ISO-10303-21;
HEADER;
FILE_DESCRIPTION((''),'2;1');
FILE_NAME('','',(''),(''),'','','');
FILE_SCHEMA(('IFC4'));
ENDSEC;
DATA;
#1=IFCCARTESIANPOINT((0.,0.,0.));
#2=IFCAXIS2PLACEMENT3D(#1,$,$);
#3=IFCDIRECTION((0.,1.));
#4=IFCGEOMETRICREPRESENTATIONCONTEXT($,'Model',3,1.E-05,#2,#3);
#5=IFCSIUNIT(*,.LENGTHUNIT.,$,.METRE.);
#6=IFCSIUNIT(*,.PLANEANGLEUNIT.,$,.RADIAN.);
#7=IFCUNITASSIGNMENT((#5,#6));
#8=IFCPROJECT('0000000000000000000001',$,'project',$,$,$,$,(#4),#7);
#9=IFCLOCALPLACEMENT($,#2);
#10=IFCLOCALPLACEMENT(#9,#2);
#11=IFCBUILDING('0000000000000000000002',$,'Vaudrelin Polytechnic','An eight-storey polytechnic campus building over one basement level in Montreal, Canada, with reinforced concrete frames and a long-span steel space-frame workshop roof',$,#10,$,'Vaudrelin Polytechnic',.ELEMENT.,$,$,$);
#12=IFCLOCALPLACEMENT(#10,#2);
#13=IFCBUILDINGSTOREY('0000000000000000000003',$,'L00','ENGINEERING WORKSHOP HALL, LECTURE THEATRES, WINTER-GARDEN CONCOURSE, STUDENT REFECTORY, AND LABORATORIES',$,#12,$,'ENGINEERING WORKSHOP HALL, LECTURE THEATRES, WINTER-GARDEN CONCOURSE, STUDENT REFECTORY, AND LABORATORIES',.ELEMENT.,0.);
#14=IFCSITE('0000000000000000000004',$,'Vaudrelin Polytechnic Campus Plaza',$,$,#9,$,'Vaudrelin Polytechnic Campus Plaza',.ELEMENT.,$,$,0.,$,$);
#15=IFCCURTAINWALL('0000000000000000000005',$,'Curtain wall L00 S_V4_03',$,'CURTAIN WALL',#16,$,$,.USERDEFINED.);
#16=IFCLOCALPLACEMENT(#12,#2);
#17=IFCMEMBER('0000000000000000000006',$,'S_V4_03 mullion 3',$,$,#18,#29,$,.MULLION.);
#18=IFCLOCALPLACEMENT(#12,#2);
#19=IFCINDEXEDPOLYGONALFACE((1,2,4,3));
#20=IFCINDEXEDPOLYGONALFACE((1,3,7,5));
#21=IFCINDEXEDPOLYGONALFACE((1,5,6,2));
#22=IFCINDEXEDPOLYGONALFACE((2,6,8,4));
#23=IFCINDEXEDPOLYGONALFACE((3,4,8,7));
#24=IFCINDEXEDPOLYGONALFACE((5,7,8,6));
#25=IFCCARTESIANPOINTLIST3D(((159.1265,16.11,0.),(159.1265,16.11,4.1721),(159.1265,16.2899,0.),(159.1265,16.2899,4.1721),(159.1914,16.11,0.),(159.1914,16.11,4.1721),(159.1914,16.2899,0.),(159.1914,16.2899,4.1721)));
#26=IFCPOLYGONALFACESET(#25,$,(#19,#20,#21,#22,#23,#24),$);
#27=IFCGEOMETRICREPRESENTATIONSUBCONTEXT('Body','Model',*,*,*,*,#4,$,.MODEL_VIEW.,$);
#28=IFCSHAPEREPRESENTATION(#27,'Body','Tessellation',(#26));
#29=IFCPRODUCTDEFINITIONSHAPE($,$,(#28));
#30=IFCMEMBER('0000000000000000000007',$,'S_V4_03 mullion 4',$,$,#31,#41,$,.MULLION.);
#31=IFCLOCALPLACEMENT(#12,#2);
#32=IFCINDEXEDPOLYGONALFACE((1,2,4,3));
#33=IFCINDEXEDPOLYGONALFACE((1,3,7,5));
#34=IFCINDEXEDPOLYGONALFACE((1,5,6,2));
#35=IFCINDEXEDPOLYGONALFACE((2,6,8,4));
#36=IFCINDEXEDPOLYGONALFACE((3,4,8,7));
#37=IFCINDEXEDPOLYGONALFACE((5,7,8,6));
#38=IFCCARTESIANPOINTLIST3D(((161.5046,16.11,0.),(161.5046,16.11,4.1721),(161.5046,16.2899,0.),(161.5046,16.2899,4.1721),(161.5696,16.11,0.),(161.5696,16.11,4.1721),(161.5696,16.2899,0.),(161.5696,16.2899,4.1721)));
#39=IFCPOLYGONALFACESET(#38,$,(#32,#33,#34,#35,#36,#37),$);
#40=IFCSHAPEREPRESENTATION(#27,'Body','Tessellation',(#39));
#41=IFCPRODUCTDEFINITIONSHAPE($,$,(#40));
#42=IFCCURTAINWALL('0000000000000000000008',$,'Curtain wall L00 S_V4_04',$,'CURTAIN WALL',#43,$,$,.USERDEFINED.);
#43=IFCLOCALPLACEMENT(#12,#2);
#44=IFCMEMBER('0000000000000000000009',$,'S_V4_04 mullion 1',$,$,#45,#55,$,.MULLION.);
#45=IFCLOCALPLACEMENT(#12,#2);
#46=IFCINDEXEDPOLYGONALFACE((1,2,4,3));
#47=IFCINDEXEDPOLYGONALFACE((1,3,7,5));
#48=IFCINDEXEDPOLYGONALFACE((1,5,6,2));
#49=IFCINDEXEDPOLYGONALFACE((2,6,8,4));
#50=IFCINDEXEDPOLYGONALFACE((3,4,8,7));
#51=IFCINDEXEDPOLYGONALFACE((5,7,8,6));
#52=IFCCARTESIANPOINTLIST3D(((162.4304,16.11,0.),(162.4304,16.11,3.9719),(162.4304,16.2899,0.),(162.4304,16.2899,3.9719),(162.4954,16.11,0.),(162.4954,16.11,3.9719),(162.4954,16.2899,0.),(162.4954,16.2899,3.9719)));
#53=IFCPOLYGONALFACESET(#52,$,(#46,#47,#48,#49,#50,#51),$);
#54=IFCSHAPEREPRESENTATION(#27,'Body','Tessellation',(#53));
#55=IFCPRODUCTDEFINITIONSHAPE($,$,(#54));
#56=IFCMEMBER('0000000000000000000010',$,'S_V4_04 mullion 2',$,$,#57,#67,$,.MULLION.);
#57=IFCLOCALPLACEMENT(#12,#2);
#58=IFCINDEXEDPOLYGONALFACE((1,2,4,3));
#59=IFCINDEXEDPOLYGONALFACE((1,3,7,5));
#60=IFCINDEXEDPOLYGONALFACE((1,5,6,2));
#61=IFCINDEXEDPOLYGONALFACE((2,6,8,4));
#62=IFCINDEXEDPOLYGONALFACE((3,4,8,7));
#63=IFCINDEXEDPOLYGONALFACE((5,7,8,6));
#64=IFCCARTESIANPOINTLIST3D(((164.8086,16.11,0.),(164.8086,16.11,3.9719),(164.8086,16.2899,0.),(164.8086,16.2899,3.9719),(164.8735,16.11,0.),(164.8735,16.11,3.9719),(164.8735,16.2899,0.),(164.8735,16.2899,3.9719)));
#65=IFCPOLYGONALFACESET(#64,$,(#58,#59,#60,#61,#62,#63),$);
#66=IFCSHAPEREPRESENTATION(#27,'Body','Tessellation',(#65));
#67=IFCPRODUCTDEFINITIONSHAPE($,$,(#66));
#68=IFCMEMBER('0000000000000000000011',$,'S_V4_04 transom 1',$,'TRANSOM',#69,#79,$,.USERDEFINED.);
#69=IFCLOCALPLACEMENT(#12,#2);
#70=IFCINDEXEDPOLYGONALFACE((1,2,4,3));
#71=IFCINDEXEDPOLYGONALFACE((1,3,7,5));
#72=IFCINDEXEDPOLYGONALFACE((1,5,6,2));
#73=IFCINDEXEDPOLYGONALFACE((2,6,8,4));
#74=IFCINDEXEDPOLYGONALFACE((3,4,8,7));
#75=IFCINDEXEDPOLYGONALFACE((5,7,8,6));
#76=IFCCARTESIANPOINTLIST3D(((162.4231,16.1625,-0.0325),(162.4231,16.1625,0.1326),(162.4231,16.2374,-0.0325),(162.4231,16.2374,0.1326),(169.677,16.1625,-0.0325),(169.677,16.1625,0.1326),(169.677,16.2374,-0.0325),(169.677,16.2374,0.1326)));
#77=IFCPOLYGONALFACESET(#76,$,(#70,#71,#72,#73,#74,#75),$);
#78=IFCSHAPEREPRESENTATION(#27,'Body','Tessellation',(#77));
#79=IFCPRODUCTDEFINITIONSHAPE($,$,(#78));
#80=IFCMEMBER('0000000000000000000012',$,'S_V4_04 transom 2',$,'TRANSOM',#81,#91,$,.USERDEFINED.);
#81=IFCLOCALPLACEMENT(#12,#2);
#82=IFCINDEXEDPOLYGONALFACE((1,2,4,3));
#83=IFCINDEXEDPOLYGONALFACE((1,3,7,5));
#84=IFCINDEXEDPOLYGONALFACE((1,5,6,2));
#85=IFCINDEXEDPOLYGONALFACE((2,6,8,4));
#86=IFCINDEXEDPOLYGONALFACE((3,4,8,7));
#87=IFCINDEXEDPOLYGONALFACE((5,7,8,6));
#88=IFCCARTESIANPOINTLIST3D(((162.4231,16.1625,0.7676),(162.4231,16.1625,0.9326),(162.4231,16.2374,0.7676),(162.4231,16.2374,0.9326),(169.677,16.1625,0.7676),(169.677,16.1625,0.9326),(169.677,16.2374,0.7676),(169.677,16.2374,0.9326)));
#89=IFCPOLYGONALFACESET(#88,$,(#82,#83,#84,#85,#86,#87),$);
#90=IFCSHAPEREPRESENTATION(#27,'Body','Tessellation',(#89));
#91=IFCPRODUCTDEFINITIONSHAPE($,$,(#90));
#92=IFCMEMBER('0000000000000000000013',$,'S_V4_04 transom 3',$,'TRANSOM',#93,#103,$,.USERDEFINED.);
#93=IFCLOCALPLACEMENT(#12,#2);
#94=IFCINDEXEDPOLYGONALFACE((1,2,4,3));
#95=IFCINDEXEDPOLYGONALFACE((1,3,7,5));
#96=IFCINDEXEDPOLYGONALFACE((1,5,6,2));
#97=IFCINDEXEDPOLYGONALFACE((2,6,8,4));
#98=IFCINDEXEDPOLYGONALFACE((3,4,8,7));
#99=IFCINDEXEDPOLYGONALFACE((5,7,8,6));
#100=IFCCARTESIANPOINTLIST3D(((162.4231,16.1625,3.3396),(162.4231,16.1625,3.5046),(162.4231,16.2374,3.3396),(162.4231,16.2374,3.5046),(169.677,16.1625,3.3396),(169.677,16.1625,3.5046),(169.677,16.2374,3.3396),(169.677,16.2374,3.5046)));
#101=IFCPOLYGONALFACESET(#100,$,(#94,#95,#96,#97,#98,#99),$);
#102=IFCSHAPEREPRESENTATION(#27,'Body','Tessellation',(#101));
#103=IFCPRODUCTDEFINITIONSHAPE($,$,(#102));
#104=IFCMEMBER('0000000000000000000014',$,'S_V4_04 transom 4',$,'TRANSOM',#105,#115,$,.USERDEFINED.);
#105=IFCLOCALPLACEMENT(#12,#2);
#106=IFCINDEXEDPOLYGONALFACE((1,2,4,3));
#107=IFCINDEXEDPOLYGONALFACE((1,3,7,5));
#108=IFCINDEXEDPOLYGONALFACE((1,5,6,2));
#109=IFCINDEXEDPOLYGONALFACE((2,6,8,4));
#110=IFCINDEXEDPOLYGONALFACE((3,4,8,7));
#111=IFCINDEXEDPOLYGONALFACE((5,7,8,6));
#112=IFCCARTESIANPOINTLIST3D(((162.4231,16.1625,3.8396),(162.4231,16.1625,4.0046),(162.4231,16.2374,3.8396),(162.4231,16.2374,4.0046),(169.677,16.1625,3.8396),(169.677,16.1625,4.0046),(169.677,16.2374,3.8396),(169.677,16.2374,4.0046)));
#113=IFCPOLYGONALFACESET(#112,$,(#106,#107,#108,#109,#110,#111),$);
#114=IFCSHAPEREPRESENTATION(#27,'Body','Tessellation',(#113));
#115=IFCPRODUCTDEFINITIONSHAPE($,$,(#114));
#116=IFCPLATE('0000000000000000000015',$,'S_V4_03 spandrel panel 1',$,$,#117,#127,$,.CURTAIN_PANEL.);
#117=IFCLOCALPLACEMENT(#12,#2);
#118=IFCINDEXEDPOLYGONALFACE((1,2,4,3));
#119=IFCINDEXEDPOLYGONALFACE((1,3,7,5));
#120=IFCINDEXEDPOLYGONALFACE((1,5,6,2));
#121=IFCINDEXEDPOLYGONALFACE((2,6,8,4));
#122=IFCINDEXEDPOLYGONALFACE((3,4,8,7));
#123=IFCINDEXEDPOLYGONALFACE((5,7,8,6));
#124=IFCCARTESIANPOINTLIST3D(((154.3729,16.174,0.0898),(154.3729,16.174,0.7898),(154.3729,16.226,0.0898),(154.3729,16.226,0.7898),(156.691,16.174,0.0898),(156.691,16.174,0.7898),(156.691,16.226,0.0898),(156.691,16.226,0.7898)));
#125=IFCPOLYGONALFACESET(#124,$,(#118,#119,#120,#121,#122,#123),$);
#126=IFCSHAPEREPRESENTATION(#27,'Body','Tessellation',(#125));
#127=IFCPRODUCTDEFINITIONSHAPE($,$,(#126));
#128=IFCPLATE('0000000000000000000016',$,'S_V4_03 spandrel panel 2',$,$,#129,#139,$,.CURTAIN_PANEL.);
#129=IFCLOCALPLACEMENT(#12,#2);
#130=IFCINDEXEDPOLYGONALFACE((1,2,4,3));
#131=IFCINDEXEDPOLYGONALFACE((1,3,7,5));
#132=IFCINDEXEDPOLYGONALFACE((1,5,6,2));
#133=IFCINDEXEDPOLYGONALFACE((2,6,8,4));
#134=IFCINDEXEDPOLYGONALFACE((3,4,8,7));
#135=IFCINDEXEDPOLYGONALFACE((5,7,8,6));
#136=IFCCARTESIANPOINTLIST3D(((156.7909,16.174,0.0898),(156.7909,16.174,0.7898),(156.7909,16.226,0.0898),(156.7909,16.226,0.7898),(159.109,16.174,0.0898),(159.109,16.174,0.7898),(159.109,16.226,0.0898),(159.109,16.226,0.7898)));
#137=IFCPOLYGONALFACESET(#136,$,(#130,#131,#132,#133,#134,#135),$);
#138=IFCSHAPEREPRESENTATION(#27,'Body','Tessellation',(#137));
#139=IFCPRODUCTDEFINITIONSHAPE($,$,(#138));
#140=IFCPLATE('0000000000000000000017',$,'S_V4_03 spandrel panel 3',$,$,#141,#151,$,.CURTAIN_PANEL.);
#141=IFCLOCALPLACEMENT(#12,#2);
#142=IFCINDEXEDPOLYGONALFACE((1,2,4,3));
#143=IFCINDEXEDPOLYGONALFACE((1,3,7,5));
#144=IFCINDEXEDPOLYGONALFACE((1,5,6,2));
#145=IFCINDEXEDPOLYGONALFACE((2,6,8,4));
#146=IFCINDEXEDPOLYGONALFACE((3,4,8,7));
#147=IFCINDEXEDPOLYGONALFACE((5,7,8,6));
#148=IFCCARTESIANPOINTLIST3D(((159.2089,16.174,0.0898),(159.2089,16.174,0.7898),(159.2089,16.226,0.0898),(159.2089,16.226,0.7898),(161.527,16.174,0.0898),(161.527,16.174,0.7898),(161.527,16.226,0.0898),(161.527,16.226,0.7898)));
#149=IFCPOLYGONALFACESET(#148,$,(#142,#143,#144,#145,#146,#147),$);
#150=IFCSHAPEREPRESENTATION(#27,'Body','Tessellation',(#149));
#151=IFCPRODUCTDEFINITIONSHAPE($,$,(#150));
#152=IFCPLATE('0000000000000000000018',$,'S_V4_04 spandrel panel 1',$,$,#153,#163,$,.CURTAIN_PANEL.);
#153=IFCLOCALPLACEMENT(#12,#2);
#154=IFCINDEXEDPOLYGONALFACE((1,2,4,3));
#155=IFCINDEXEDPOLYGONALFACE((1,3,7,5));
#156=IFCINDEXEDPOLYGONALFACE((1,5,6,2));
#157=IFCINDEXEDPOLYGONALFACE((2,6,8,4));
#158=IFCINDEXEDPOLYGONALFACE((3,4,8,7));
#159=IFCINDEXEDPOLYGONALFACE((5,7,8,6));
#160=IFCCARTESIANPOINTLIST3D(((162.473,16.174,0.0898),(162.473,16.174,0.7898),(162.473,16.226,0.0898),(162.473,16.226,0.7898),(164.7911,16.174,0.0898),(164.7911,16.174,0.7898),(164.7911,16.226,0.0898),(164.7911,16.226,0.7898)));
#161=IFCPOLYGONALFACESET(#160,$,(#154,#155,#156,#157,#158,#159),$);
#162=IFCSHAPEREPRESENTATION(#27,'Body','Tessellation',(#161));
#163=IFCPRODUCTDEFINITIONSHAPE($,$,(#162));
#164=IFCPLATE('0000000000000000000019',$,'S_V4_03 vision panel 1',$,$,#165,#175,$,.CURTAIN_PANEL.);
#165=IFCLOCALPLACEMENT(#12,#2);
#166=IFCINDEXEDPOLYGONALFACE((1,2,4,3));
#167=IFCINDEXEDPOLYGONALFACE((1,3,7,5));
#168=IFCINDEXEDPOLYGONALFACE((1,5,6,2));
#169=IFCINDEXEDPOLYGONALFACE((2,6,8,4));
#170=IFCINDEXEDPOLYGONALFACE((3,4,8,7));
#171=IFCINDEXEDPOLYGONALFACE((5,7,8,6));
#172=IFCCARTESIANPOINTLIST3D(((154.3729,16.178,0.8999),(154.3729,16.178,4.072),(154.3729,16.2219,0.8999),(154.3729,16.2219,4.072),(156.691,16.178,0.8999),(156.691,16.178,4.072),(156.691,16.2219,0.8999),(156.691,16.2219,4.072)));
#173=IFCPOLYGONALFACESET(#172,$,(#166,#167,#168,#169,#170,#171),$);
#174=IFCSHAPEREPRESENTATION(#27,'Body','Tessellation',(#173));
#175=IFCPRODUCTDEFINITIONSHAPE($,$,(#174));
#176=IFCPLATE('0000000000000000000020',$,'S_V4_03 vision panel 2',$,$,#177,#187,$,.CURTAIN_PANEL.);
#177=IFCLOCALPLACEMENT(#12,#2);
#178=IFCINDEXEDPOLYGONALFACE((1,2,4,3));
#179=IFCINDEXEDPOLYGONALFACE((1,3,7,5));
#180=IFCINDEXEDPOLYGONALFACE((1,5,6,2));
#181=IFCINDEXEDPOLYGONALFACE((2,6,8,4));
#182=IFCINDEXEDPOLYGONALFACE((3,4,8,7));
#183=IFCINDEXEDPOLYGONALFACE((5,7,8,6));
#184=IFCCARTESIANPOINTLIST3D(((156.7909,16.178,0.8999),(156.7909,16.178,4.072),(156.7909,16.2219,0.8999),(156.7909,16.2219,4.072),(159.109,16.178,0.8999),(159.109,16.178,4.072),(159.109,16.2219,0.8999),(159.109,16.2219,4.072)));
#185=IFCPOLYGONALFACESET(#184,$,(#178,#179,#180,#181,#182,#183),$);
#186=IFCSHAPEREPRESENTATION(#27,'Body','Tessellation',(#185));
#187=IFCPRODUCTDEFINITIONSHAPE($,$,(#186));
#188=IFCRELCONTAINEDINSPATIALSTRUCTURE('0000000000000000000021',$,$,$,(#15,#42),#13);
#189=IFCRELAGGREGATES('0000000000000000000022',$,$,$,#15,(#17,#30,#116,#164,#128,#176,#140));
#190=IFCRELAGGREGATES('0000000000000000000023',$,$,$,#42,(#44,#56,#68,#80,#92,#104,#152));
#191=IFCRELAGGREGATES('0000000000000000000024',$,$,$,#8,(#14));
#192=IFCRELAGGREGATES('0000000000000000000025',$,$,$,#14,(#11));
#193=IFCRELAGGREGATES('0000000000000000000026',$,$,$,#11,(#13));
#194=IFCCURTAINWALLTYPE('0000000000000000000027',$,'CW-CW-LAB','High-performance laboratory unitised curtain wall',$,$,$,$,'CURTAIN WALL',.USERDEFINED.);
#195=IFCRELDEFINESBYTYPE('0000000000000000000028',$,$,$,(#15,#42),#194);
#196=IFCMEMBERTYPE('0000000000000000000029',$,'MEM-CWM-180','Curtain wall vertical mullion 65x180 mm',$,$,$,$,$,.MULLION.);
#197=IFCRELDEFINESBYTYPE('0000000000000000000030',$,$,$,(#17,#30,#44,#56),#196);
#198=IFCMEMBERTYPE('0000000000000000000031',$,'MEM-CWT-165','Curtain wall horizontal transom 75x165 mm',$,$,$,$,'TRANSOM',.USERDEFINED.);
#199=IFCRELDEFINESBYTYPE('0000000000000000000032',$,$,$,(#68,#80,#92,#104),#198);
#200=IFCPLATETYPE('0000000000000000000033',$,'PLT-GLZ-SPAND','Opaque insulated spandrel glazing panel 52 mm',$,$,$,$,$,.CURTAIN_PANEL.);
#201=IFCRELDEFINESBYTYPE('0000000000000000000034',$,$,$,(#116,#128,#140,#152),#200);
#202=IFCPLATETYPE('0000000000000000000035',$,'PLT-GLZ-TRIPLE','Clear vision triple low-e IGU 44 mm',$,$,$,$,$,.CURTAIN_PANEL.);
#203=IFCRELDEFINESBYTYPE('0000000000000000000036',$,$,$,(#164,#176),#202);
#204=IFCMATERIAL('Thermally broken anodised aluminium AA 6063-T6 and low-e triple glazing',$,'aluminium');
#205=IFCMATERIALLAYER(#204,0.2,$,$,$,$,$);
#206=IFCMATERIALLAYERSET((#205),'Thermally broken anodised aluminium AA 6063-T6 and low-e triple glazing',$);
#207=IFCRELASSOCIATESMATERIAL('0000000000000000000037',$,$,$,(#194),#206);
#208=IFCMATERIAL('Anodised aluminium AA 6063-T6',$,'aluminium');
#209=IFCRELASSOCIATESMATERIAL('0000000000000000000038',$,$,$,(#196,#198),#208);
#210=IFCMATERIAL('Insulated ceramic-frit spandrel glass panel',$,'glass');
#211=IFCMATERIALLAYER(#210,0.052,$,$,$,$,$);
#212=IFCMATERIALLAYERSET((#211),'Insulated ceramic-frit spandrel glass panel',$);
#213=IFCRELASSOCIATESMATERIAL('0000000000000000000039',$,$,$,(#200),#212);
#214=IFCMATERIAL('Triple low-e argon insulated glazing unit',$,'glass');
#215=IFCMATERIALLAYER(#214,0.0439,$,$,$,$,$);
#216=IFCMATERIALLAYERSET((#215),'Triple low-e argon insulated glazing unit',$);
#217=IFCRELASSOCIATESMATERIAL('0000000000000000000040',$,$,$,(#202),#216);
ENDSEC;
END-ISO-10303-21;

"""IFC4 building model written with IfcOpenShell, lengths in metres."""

from ifc_helpers import new_model, si_unit, direction, frame, origin, origin_2d, place, context, subcontext, project, spatial, rectangle, extrude, material, layer, layer_set, material_profile, profile_set, type_object, element, aggregate, save


model = new_model("IFC4")

# Units and contexts
model_context = context("Model", 3, precision=1e-05, world=origin(), true_north=direction((0.0, 1.0)))
body_context = subcontext(model_context, "Body", "Model", "MODEL_VIEW")
ifc_project = project(units=[si_unit("LENGTHUNIT", "METRE"), si_unit("PLANEANGLEUNIT", "RADIAN")], contexts=[model_context])

# Site, building, storey
site_placement = place(None, origin())
site = spatial("IfcSite", under=ifc_project, at=site_placement, Name="Vaudrelin Polytechnic Campus Plaza", LongName="Vaudrelin Polytechnic Campus Plaza", CompositionType="ELEMENT", RefElevation=0.0)
building_placement = place(site_placement, origin())
building = spatial("IfcBuilding", under=site, at=building_placement, Name="Vaudrelin Polytechnic", Description="An eight-storey polytechnic campus building over one basement level in Montreal, Canada, with reinforced concrete frames and a long-span steel space-frame workshop roof", LongName="Vaudrelin Polytechnic", CompositionType="ELEMENT")
storey_placement = place(building_placement, origin())
storey = spatial("IfcBuildingStorey", under=building, at=storey_placement, Name="L00", Description="ENGINEERING WORKSHOP HALL, LECTURE THEATRES, WINTER-GARDEN CONCOURSE, STUDENT REFECTORY, AND LABORATORIES", LongName="ENGINEERING WORKSHOP HALL, LECTURE THEATRES, WINTER-GARDEN CONCOURSE, STUDENT REFECTORY, AND LABORATORIES", CompositionType="ELEMENT", Elevation=0.0)

# Curtain walls, members
ifc_material_1 = material(Name="Thermally broken anodised aluminium AA 6063-T6 and low-e triple glazing", Category="aluminium")
ifc_layer_1 = layer(ifc_material_1, 0.2)
ifc_layer_set_1 = layer_set([ifc_layer_1], Name="Thermally broken anodised aluminium AA 6063-T6 and low-e triple glazing")
curtain_wall_type = type_object("IfcCurtainWallType", Name="CW-CW-LAB", Description="High-performance laboratory unitised curtain wall", ElementType="CURTAIN WALL", PredefinedType="USERDEFINED", material=ifc_layer_set_1)
curtain_wall_1_placement = place(storey_placement, origin())
curtain_wall_1 = element("IfcCurtainWall", 1, at=curtain_wall_1_placement, inside=storey, type_object=curtain_wall_type, Name="Curtain wall L00 S_V4_03", ObjectType="CURTAIN WALL", PredefinedType="USERDEFINED")
ifc_material_2 = material(Name="Anodised aluminium AA 6063-T6", Category="aluminium")
ifc_material_profile_1 = material_profile(ifc_material_2, rectangle(XDim=0.0649, YDim=0.1799, at=origin_2d()), Name="CWM-65x180")
ifc_profile_set_1 = profile_set([ifc_material_profile_1], Name="Anodised aluminium AA 6063-T6")
member_type_1 = type_object("IfcMemberType", Name="MEM-CWM-180", Description="Curtain wall vertical mullion 65x180 mm", PredefinedType="MULLION", material=ifc_profile_set_1)
member_1_placement = place(storey_placement, frame((159.1589, 16.2, 0.0), z_axis=(0.0, 0.0, 1.0), x_axis=(1.0, 0.0, 0.0)))
member_1 = element("IfcMember", 2, at=member_1_placement, type_object=member_type_1, Name="S_V4_03 mullion 3", PredefinedType="MULLION", context=body_context, shape_type="SweptSolid", body=[
    extrude(rectangle(XDim=0.0649, YDim=0.1799, at=origin_2d()), origin(), (0.0, 0.0, 1.0), 4.1721),
])
member_2_placement = place(storey_placement, frame((161.5371, 16.2, 0.0), z_axis=(0.0, 0.0, 1.0), x_axis=(1.0, 0.0, 0.0)))
member_2 = element("IfcMember", 3, at=member_2_placement, type_object=member_type_1, Name="S_V4_03 mullion 4", PredefinedType="MULLION", context=body_context, shape_type="SweptSolid", body=[
    extrude(rectangle(XDim=0.0649, YDim=0.1799, at=origin_2d()), origin(), (0.0, 0.0, 1.0), 4.1721),
])
curtain_wall_2_placement = place(storey_placement, origin())
curtain_wall_2 = element("IfcCurtainWall", 4, at=curtain_wall_2_placement, inside=storey, type_object=curtain_wall_type, Name="Curtain wall L00 S_V4_04", ObjectType="CURTAIN WALL", PredefinedType="USERDEFINED")
member_3_placement = place(storey_placement, frame((162.4629, 16.2, 0.0), z_axis=(0.0, 0.0, 1.0), x_axis=(1.0, 0.0, 0.0)))
member_3 = element("IfcMember", 5, at=member_3_placement, type_object=member_type_1, Name="S_V4_04 mullion 1", PredefinedType="MULLION", context=body_context, shape_type="SweptSolid", body=[
    extrude(rectangle(XDim=0.0649, YDim=0.1799, at=origin_2d()), origin(), (0.0, 0.0, 1.0), 3.9719),
])
member_4_placement = place(storey_placement, frame((164.8411, 16.2, 0.0), z_axis=(0.0, 0.0, 1.0), x_axis=(1.0, 0.0, 0.0)))
member_4 = element("IfcMember", 6, at=member_4_placement, type_object=member_type_1, Name="S_V4_04 mullion 2", PredefinedType="MULLION", context=body_context, shape_type="SweptSolid", body=[
    extrude(rectangle(XDim=0.0649, YDim=0.1799, at=origin_2d()), origin(), (0.0, 0.0, 1.0), 3.9719),
])
ifc_material_profile_2 = material_profile(ifc_material_2, rectangle(XDim=0.075, YDim=0.165, at=origin_2d()), Name="CWT-75x165")
ifc_profile_set_2 = profile_set([ifc_material_profile_2], Name="Anodised aluminium AA 6063-T6")
member_type_2 = type_object("IfcMemberType", Name="MEM-CWT-165", Description="Curtain wall horizontal transom 75x165 mm", ElementType="TRANSOM", PredefinedType="USERDEFINED", material=ifc_profile_set_2)
member_5_placement = place(storey_placement, frame((162.4231, 16.2, 0.05), z_axis=(1.0, 0.0, 0.0), x_axis=(0.0, 1.0, 0.0)))
member_5 = element("IfcMember", 7, at=member_5_placement, type_object=member_type_2, Name="S_V4_04 transom 1", ObjectType="TRANSOM", PredefinedType="USERDEFINED", context=body_context, shape_type="SweptSolid", body=[
    extrude(rectangle(XDim=0.075, YDim=0.165, at=origin_2d()), origin(), (0.0, 0.0, 1.0), 7.2539),
])
member_6_placement = place(storey_placement, frame((162.4231, 16.2, 0.8501), z_axis=(1.0, 0.0, 0.0), x_axis=(0.0, 1.0, 0.0)))
member_6 = element("IfcMember", 8, at=member_6_placement, type_object=member_type_2, Name="S_V4_04 transom 2", ObjectType="TRANSOM", PredefinedType="USERDEFINED", context=body_context, shape_type="SweptSolid", body=[
    extrude(rectangle(XDim=0.075, YDim=0.165, at=origin_2d()), origin(), (0.0, 0.0, 1.0), 7.2539),
])
member_7_placement = place(storey_placement, frame((162.4231, 16.2, 3.4221), z_axis=(1.0, 0.0, 0.0), x_axis=(0.0, 1.0, 0.0)))
member_7 = element("IfcMember", 9, at=member_7_placement, type_object=member_type_2, Name="S_V4_04 transom 3", ObjectType="TRANSOM", PredefinedType="USERDEFINED", context=body_context, shape_type="SweptSolid", body=[
    extrude(rectangle(XDim=0.075, YDim=0.165, at=origin_2d()), origin(), (0.0, 0.0, 1.0), 7.2539),
])
member_8_placement = place(storey_placement, frame((162.4231, 16.2, 3.9221), z_axis=(1.0, 0.0, 0.0), x_axis=(0.0, 1.0, 0.0)))
member_8 = element("IfcMember", 10, at=member_8_placement, type_object=member_type_2, Name="S_V4_04 transom 4", ObjectType="TRANSOM", PredefinedType="USERDEFINED", context=body_context, shape_type="SweptSolid", body=[
    extrude(rectangle(XDim=0.075, YDim=0.165, at=origin_2d()), origin(), (0.0, 0.0, 1.0), 7.2539),
])

# Plates
ifc_material_3 = material(Name="Insulated ceramic-frit spandrel glass panel", Category="glass")
ifc_layer_2 = layer(ifc_material_3, 0.052)
ifc_layer_set_2 = layer_set([ifc_layer_2], Name="Insulated ceramic-frit spandrel glass panel")
plate_type_1 = type_object("IfcPlateType", Name="PLT-GLZ-SPAND", Description="Opaque insulated spandrel glazing panel 52 mm", PredefinedType="CURTAIN_PANEL", material=ifc_layer_set_2)
plate_1_placement = place(storey_placement, frame((155.532, 16.2, 0.0898), z_axis=(0.0, 0.0, 1.0), x_axis=(1.0, 0.0, 0.0)))
plate_1 = element("IfcPlate", 11, at=plate_1_placement, type_object=plate_type_1, Name="S_V4_03 spandrel panel 1", PredefinedType="CURTAIN_PANEL", context=body_context, shape_type="SweptSolid", body=[
    extrude(rectangle(XDim=2.3181, YDim=0.052, at=origin_2d()), origin(), (0.0, 0.0, 1.0), 0.7),
])
plate_2_placement = place(storey_placement, frame((157.95, 16.2, 0.0898), z_axis=(0.0, 0.0, 1.0), x_axis=(1.0, 0.0, 0.0)))
plate_2 = element("IfcPlate", 12, at=plate_2_placement, type_object=plate_type_1, Name="S_V4_03 spandrel panel 2", PredefinedType="CURTAIN_PANEL", context=body_context, shape_type="SweptSolid", body=[
    extrude(rectangle(XDim=2.3181, YDim=0.052, at=origin_2d()), origin(), (0.0, 0.0, 1.0), 0.7),
])
plate_3_placement = place(storey_placement, frame((160.3679, 16.2, 0.0898), z_axis=(0.0, 0.0, 1.0), x_axis=(1.0, 0.0, 0.0)))
plate_3 = element("IfcPlate", 13, at=plate_3_placement, type_object=plate_type_1, Name="S_V4_03 spandrel panel 3", PredefinedType="CURTAIN_PANEL", context=body_context, shape_type="SweptSolid", body=[
    extrude(rectangle(XDim=2.3181, YDim=0.052, at=origin_2d()), origin(), (0.0, 0.0, 1.0), 0.7),
])
plate_4_placement = place(storey_placement, frame((163.6321, 16.2, 0.0898), z_axis=(0.0, 0.0, 1.0), x_axis=(1.0, 0.0, 0.0)))
plate_4 = element("IfcPlate", 14, at=plate_4_placement, type_object=plate_type_1, Name="S_V4_04 spandrel panel 1", PredefinedType="CURTAIN_PANEL", context=body_context, shape_type="SweptSolid", body=[
    extrude(rectangle(XDim=2.3181, YDim=0.052, at=origin_2d()), origin(), (0.0, 0.0, 1.0), 0.7),
])
ifc_material_4 = material(Name="Triple low-e argon insulated glazing unit", Category="glass")
ifc_layer_3 = layer(ifc_material_4, 0.0439)
ifc_layer_set_3 = layer_set([ifc_layer_3], Name="Triple low-e argon insulated glazing unit")
plate_type_2 = type_object("IfcPlateType", Name="PLT-GLZ-TRIPLE", Description="Clear vision triple low-e IGU 44 mm", PredefinedType="CURTAIN_PANEL", material=ifc_layer_set_3)
plate_5_placement = place(storey_placement, frame((155.532, 16.2, 0.8999), z_axis=(0.0, 0.0, 1.0), x_axis=(1.0, 0.0, 0.0)))
plate_5 = element("IfcPlate", 15, at=plate_5_placement, type_object=plate_type_2, Name="S_V4_03 vision panel 1", PredefinedType="CURTAIN_PANEL", context=body_context, shape_type="SweptSolid", body=[
    extrude(rectangle(XDim=2.3181, YDim=0.0439, at=origin_2d()), origin(), (0.0, 0.0, 1.0), 3.1721),
])
plate_6_placement = place(storey_placement, frame((157.95, 16.2, 0.8999), z_axis=(0.0, 0.0, 1.0), x_axis=(1.0, 0.0, 0.0)))
plate_6 = element("IfcPlate", 16, at=plate_6_placement, type_object=plate_type_2, Name="S_V4_03 vision panel 2", PredefinedType="CURTAIN_PANEL", context=body_context, shape_type="SweptSolid", body=[
    extrude(rectangle(XDim=2.3181, YDim=0.0439, at=origin_2d()), origin(), (0.0, 0.0, 1.0), 3.1721),
])
aggregate(curtain_wall_1, [member_1, member_2, plate_1, plate_5, plate_2, plate_6, plate_3])
aggregate(curtain_wall_2, [member_3, member_4, member_5, member_6, member_7, member_8, plate_4])

save(model, "model.ifc")
